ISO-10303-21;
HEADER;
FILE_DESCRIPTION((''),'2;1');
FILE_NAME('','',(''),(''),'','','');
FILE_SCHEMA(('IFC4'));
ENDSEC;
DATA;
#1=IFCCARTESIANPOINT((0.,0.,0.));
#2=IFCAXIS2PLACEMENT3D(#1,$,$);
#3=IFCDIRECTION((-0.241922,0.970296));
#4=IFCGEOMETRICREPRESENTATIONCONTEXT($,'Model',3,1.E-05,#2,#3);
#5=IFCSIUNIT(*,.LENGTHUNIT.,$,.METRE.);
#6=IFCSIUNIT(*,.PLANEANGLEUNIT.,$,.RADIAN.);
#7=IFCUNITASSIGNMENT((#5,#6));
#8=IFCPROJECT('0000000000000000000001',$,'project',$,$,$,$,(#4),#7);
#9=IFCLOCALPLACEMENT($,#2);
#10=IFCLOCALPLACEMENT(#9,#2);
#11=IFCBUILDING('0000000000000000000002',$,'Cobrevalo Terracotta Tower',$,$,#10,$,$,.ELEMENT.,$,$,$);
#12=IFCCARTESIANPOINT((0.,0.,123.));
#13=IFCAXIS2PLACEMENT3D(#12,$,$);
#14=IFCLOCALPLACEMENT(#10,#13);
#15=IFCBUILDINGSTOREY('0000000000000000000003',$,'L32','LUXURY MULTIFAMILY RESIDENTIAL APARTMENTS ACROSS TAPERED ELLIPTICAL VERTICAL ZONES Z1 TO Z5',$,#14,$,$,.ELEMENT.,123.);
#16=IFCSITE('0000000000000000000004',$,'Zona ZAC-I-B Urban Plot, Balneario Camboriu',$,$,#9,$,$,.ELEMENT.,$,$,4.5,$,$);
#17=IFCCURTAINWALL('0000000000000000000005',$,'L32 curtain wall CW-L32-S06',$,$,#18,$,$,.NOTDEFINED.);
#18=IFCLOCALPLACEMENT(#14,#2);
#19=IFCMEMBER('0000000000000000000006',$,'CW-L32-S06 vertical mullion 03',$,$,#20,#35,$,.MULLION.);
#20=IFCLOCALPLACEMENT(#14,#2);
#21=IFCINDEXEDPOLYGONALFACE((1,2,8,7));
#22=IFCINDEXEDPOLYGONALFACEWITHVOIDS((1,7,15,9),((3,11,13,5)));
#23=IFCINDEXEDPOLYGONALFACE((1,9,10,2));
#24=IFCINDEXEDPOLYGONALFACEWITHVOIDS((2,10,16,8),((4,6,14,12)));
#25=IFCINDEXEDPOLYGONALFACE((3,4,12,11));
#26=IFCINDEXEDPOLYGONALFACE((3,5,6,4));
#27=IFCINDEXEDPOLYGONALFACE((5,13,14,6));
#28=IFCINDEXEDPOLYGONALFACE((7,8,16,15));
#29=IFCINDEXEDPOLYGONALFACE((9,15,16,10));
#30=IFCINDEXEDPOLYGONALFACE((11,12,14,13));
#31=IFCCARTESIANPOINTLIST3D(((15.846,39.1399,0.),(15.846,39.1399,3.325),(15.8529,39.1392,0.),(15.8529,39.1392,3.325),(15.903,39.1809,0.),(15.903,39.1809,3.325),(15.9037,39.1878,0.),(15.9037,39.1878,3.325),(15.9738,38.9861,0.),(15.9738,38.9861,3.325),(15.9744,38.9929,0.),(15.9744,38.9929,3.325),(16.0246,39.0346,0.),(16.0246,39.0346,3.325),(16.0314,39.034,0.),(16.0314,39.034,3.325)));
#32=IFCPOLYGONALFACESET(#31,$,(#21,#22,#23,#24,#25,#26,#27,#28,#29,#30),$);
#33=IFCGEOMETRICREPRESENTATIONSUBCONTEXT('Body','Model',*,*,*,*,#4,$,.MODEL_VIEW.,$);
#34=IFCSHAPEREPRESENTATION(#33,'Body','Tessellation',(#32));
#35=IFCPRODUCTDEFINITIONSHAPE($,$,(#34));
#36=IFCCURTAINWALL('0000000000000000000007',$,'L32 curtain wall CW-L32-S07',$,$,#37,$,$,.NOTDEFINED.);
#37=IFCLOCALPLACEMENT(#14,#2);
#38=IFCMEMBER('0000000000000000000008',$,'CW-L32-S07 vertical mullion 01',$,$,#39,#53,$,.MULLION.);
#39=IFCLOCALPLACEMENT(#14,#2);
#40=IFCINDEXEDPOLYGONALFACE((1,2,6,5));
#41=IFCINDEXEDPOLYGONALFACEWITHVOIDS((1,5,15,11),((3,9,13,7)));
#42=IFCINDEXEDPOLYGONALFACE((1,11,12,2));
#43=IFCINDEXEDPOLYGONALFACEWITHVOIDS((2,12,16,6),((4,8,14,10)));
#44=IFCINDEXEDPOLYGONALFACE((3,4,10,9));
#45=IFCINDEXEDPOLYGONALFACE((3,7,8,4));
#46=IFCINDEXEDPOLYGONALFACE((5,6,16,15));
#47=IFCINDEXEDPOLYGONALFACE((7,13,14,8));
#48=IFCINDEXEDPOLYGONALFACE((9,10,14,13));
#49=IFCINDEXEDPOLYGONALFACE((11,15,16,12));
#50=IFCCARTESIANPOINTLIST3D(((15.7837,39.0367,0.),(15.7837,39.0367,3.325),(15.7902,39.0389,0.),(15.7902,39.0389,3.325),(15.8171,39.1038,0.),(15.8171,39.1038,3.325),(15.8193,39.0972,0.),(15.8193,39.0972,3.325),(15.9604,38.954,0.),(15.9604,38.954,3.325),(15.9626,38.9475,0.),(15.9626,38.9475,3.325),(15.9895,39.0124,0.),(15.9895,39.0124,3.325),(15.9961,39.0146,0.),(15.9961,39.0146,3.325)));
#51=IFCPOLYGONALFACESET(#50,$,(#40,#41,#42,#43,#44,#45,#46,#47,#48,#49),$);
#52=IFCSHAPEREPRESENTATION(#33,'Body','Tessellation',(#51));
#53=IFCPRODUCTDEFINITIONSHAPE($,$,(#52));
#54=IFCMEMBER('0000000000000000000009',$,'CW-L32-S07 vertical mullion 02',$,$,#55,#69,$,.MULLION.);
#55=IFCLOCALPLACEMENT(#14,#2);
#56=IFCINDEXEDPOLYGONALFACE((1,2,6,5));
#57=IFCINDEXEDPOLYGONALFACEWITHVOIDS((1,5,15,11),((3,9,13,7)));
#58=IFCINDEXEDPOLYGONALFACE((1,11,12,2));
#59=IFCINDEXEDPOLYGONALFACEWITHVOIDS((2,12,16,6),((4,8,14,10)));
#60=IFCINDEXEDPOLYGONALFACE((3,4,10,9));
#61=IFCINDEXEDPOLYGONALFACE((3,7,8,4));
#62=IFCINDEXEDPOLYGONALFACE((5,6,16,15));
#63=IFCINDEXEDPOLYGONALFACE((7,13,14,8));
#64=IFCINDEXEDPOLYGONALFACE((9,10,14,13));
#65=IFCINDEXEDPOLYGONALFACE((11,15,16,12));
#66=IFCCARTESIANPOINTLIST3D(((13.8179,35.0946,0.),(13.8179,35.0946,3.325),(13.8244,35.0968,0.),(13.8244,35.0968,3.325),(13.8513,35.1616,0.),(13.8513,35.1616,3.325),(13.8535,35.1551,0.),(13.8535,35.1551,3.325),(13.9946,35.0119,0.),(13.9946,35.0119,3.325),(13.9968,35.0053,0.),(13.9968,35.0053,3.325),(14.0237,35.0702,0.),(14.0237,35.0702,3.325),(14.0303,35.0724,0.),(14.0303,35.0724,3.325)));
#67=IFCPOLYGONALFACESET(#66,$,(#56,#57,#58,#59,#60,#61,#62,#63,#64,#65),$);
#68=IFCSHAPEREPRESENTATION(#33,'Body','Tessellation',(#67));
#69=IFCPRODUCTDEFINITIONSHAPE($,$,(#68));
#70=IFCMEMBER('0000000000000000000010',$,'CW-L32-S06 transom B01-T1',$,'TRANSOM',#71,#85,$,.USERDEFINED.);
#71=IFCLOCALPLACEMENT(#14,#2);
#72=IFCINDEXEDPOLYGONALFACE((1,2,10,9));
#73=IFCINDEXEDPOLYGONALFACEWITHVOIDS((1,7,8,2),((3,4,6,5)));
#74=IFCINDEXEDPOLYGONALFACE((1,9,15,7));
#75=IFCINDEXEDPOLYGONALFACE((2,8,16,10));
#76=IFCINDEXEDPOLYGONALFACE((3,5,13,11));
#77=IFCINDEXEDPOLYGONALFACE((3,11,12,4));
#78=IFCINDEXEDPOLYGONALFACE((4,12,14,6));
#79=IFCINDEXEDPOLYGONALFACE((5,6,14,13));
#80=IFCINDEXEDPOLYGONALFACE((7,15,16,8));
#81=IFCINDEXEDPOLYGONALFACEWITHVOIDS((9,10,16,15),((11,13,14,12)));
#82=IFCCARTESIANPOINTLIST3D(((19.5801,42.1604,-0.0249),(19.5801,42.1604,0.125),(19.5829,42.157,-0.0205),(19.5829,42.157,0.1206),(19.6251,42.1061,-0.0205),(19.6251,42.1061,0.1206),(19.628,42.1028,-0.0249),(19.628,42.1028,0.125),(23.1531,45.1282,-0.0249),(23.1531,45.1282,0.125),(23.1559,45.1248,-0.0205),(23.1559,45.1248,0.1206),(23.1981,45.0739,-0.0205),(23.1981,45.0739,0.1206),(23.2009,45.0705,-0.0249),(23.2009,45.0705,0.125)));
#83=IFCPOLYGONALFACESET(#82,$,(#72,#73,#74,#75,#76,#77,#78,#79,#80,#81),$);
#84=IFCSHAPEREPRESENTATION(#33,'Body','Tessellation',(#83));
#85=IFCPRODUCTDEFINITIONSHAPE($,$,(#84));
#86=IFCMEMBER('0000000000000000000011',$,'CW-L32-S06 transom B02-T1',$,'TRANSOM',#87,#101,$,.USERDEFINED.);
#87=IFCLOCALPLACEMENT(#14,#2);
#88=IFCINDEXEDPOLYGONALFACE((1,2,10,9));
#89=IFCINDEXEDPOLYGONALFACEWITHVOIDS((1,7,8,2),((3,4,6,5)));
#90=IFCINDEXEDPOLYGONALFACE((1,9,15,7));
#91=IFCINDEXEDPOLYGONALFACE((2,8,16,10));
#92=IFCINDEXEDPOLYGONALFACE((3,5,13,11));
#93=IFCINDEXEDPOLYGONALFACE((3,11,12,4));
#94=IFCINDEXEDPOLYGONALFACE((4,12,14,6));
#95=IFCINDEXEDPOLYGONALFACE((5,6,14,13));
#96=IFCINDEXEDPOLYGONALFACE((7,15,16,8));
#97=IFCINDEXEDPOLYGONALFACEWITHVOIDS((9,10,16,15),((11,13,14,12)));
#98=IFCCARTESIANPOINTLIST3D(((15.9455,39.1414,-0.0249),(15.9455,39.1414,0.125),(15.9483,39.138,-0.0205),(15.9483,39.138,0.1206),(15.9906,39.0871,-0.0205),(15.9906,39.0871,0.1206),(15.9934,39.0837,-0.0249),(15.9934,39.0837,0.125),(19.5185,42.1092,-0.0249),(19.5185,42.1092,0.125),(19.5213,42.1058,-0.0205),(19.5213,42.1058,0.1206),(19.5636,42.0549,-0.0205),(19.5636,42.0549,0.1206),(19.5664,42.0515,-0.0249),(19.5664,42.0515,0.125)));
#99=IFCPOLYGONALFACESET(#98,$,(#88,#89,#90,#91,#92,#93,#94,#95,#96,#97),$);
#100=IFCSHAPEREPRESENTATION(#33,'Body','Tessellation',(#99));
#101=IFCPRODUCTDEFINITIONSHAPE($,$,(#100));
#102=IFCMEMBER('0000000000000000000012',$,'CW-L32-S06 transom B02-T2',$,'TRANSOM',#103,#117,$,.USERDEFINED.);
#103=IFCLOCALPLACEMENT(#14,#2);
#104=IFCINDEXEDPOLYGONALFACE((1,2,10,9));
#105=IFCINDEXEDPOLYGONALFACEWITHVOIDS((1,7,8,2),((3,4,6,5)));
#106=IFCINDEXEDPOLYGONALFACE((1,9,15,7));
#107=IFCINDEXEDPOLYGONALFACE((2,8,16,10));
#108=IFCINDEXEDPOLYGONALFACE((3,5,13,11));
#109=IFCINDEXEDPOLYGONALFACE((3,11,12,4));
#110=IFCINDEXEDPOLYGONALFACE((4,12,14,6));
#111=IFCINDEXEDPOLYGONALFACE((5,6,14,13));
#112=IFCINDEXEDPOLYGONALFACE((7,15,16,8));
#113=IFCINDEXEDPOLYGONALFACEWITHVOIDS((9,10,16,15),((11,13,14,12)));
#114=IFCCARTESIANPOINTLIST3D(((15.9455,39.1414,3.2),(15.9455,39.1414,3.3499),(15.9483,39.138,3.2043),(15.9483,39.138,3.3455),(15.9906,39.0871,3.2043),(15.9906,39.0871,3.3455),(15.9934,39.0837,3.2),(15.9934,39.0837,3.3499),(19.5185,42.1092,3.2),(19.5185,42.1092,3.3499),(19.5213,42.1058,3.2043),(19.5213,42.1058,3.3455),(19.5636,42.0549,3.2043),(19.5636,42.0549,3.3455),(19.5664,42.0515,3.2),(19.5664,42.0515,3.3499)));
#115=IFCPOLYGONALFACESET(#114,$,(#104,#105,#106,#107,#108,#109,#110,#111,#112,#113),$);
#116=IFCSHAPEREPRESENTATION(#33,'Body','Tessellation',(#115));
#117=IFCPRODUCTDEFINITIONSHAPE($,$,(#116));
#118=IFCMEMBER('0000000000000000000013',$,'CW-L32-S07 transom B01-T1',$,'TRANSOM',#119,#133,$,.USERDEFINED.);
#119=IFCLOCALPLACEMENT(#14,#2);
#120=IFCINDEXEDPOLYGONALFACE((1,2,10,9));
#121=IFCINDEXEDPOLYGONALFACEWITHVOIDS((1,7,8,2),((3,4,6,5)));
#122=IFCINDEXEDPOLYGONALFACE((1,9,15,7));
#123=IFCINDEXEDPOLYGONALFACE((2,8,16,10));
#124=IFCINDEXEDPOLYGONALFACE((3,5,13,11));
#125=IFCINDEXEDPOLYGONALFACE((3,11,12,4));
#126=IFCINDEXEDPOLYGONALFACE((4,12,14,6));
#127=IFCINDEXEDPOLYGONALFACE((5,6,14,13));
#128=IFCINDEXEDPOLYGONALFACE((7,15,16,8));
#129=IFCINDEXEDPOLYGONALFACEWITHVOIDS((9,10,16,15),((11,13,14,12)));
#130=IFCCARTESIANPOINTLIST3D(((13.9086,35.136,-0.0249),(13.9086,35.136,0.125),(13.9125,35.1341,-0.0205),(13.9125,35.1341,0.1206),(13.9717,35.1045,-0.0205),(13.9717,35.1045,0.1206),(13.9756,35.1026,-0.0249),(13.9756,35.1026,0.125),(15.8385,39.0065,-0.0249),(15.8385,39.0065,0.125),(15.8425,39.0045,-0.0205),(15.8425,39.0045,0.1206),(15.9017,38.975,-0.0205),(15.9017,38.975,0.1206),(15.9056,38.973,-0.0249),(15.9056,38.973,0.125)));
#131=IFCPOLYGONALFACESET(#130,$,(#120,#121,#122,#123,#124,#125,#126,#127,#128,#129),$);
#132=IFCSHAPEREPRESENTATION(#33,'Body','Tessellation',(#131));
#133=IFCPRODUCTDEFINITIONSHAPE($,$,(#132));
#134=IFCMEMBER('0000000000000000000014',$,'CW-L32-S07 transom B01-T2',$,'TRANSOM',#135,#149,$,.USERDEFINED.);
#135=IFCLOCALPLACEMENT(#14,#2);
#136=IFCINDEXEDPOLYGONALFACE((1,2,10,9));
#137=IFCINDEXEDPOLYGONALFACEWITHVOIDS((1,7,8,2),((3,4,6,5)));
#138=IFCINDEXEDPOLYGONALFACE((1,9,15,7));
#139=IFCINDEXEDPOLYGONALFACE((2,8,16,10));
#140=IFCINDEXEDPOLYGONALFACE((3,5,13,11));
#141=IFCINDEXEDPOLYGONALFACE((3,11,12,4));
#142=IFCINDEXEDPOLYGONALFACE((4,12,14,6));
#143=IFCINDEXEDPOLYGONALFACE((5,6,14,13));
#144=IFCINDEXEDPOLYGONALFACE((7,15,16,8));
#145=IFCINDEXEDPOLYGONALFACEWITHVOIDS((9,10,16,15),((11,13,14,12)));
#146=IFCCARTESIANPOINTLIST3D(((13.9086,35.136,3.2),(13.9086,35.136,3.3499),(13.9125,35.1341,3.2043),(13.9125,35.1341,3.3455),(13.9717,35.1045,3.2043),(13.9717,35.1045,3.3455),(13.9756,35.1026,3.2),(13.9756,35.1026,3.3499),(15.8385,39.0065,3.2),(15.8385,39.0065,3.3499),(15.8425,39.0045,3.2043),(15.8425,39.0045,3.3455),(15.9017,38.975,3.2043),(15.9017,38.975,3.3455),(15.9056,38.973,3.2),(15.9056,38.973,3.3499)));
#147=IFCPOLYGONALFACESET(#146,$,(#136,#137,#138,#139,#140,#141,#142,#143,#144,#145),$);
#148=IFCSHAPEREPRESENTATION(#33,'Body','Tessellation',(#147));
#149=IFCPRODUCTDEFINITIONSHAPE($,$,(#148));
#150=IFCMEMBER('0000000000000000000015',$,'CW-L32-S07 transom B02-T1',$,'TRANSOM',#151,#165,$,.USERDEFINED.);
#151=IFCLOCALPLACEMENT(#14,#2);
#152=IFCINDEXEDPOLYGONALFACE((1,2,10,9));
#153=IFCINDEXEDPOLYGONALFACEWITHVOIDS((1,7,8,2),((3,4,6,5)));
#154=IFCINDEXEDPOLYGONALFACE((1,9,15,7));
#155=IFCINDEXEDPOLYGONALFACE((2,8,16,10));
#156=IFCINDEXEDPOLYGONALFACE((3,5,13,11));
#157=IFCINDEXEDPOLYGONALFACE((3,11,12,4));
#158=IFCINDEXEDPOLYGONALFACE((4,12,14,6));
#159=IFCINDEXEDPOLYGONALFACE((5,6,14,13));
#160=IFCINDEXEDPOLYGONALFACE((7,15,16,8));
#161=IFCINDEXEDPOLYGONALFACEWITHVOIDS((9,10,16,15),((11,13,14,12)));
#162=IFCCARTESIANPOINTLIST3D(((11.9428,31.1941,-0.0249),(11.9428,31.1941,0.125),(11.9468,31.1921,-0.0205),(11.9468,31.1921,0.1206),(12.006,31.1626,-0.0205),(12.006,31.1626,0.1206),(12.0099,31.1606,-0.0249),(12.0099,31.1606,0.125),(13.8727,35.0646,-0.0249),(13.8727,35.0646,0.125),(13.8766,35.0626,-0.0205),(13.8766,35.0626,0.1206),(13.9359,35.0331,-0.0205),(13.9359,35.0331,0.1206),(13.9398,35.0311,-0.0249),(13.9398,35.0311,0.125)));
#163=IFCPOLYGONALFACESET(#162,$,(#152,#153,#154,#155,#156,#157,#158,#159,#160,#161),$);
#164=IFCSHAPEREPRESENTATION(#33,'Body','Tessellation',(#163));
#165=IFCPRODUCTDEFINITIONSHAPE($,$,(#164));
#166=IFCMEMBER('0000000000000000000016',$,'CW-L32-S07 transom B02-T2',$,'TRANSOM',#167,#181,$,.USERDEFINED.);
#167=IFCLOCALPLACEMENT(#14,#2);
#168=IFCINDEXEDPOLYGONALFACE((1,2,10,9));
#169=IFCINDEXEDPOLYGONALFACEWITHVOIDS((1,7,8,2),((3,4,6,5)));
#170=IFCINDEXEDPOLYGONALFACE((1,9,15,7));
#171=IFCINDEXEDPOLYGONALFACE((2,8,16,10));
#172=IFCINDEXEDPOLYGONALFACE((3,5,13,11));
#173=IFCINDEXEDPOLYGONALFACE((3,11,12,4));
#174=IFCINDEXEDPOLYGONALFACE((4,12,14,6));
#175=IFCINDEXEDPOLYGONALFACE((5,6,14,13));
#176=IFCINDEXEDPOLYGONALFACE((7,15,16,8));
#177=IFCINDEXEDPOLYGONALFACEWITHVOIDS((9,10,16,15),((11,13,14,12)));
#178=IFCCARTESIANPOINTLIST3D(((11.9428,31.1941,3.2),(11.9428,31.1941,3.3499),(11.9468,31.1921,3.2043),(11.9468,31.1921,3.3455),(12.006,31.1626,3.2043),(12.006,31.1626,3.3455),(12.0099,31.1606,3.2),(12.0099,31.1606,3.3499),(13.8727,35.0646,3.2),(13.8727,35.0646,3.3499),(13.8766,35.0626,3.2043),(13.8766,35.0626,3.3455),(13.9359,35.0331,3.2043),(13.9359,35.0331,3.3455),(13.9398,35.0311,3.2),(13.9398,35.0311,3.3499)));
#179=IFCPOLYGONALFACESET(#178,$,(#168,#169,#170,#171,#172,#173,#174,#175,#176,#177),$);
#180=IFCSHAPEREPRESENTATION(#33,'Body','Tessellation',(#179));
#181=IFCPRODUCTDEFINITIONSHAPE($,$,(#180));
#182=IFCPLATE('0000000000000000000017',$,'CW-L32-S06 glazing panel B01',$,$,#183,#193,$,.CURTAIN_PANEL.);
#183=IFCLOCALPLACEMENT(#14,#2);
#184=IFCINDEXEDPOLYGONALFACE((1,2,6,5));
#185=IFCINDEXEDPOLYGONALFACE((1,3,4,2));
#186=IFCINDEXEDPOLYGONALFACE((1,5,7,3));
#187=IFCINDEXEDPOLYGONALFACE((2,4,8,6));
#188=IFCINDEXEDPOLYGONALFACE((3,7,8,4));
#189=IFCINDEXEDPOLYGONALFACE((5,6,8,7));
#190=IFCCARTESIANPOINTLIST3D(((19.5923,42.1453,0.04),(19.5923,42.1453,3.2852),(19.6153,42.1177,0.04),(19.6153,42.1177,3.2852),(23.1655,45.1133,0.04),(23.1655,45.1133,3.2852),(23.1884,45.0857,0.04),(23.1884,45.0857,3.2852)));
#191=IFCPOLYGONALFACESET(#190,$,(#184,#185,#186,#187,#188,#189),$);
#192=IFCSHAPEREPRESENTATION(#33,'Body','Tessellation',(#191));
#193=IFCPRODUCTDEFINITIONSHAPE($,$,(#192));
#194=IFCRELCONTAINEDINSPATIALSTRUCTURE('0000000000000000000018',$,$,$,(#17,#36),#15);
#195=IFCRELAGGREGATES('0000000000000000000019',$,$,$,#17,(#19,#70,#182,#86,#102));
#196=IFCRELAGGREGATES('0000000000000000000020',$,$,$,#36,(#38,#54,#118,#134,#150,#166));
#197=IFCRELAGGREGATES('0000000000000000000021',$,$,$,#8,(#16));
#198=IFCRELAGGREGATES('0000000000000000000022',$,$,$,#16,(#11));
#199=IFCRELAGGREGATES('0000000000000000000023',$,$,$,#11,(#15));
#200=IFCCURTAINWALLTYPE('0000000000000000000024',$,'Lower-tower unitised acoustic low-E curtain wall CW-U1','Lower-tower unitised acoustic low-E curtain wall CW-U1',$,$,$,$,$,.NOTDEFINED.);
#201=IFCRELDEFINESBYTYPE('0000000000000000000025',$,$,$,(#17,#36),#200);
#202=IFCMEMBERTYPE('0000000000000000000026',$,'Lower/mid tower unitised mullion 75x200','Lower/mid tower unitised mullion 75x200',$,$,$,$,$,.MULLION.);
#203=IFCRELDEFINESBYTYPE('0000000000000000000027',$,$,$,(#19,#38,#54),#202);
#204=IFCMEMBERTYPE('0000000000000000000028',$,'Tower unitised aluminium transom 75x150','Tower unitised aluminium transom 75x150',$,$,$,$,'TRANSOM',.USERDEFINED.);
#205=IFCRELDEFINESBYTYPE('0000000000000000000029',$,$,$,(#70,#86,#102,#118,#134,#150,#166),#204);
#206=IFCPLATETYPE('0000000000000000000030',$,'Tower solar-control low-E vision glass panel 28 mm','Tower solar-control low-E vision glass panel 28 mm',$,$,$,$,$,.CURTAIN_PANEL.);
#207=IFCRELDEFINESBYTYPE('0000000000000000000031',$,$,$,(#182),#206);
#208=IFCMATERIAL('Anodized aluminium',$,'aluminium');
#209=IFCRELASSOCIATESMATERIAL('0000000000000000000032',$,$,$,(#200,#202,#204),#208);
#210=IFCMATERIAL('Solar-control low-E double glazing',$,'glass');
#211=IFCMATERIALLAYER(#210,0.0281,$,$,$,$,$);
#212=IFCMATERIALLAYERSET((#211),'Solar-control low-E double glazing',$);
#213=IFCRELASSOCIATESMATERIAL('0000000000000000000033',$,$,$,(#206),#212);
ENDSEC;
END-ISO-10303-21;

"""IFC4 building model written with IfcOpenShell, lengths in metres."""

from ifc_helpers import new_model, si_unit, direction, frame, origin, origin_2d, place, context, subcontext, project, spatial, rectangle, hollow_rectangle, extrude, source, transform, mapped, material, layer, layer_set, material_profile, profile_set, type_object, element, aggregate, save


model = new_model("IFC4")

# Units and contexts
model_context = context("Model", 3, precision=1e-05, world=origin(), true_north=direction((-0.241922, 0.970296)))
body_context = subcontext(model_context, "Body", "Model", "MODEL_VIEW")
ifc_project = project(units=[si_unit("LENGTHUNIT", "METRE"), si_unit("PLANEANGLEUNIT", "RADIAN")], contexts=[model_context])

# Site, building, storey
site_placement = place(None, origin())
site = spatial("IfcSite", under=ifc_project, at=site_placement, Name="Zona ZAC-I-B Urban Plot, Balneario Camboriu", CompositionType="ELEMENT", RefElevation=4.5)
building_placement = place(site_placement, origin())
building = spatial("IfcBuilding", under=site, at=building_placement, Name="Cobrevalo Terracotta Tower", CompositionType="ELEMENT")
storey_placement = place(building_placement, frame((0.0, 0.0, 123.0)))
storey = spatial("IfcBuildingStorey", under=building, at=storey_placement, Name="L32", Description="LUXURY MULTIFAMILY RESIDENTIAL APARTMENTS ACROSS TAPERED ELLIPTICAL VERTICAL ZONES Z1 TO Z5", CompositionType="ELEMENT", Elevation=123.0)

# Curtain walls, members
ifc_material_1 = material(Name="Anodized aluminium", Category="aluminium")
curtain_wall_type = type_object("IfcCurtainWallType", Name="Lower-tower unitised acoustic low-E curtain wall CW-U1", Description="Lower-tower unitised acoustic low-E curtain wall CW-U1", PredefinedType="NOTDEFINED", material=ifc_material_1)
curtain_wall_1_placement = place(storey_placement, origin())
curtain_wall_1 = element("IfcCurtainWall", 1, at=curtain_wall_1_placement, inside=storey, type_object=curtain_wall_type, Name="L32 curtain wall CW-L32-S06", PredefinedType="NOTDEFINED")
ifc_material_profile_1 = material_profile(ifc_material_1, hollow_rectangle(XDim=0.075, YDim=0.2, WallThickness=0.0049, at=origin_2d()), Name="CWM 75x200")
ifc_profile_set_1 = profile_set([ifc_material_profile_1], Name="Anodized aluminium")
member_type_1 = type_object("IfcMemberType", Name="Lower/mid tower unitised mullion 75x200", Description="Lower/mid tower unitised mullion 75x200", PredefinedType="MULLION", material=ifc_profile_set_1)
shared_shape_1 = source(origin(), body_context, "Body", "SweptSolid", [
    extrude(hollow_rectangle(XDim=0.075, YDim=0.2, WallThickness=0.0049, at=origin_2d()), origin(), (0.0, 0.0, 1.0), 3.325),
])
member_1_placement = place(storey_placement, frame((15.9387, 39.0869, 0.0), z_axis=(0.0, 0.0, 1.0), x_axis=(-0.769243, -0.638956, 0.0)))
member_1 = element("IfcMember", 2, at=member_1_placement, type_object=member_type_1, Name="CW-L32-S06 vertical mullion 03", PredefinedType="MULLION", context=body_context, shape_type="MappedRepresentation", body=[
    mapped(shared_shape_1, transform((0.0, 0.0, 0.0), scale=1.0)),
])
curtain_wall_2_placement = place(storey_placement, origin())
curtain_wall_2 = element("IfcCurtainWall", 3, at=curtain_wall_2_placement, inside=storey, type_object=curtain_wall_type, Name="L32 curtain wall CW-L32-S07", PredefinedType="NOTDEFINED")
member_2_placement = place(storey_placement, frame((15.8899, 39.0256, 0.0), z_axis=(0.0, 0.0, 1.0), x_axis=(-0.44626, -0.894903, 0.0)))
member_2 = element("IfcMember", 4, at=member_2_placement, type_object=member_type_1, Name="CW-L32-S07 vertical mullion 01", PredefinedType="MULLION", context=body_context, shape_type="MappedRepresentation", body=[
    mapped(shared_shape_1, transform((0.0, 0.0, 0.0), scale=1.0)),
])
member_3_placement = place(storey_placement, frame((13.9241, 35.0835, 0.0), z_axis=(0.0, 0.0, 1.0), x_axis=(-0.44626, -0.894903, 0.0)))
member_3 = element("IfcMember", 5, at=member_3_placement, type_object=member_type_1, Name="CW-L32-S07 vertical mullion 02", PredefinedType="MULLION", context=body_context, shape_type="MappedRepresentation", body=[
    mapped(shared_shape_1, transform((0.0, 0.0, 0.0), scale=1.0)),
])

# Members
ifc_material_profile_2 = material_profile(ifc_material_1, hollow_rectangle(XDim=0.075, YDim=0.1499, WallThickness=0.0044, at=origin_2d()), Name="CWT 75x150")
ifc_profile_set_2 = profile_set([ifc_material_profile_2], Name="Anodized aluminium")
member_type_2 = type_object("IfcMemberType", Name="Tower unitised aluminium transom 75x150", Description="Tower unitised aluminium transom 75x150", ElementType="TRANSOM", PredefinedType="USERDEFINED", material=ifc_profile_set_2)
shared_shape_2 = source(origin(), body_context, "Body", "SweptSolid", [
    extrude(hollow_rectangle(XDim=0.075, YDim=0.1499, WallThickness=0.0044, at=origin_2d()), origin(), (0.0, 0.0, 1.0), 4.6448),
])
member_4_placement = place(storey_placement, frame((23.177, 45.0994, 0.05), z_axis=(-0.76925, -0.638948, 0.0), x_axis=(0.638948, -0.76925, 0.0)))
member_4 = element("IfcMember", 6, at=member_4_placement, type_object=member_type_2, Name="CW-L32-S06 transom B01-T1", ObjectType="TRANSOM", PredefinedType="USERDEFINED", context=body_context, shape_type="MappedRepresentation", body=[
    mapped(shared_shape_2, transform((0.0, 0.0, 0.0), scale=1.0)),
])
member_5_placement = place(storey_placement, frame((19.5425, 42.0803, 0.05), z_axis=(-0.76925, -0.638948, 0.0), x_axis=(0.638948, -0.76925, 0.0)))
member_5 = element("IfcMember", 7, at=member_5_placement, type_object=member_type_2, Name="CW-L32-S06 transom B02-T1", ObjectType="TRANSOM", PredefinedType="USERDEFINED", context=body_context, shape_type="MappedRepresentation", body=[
    mapped(shared_shape_2, transform((0.0, 0.0, 0.0), scale=1.0)),
])
member_6_placement = place(storey_placement, frame((19.5425, 42.0803, 3.2749), z_axis=(-0.76925, -0.638948, 0.0), x_axis=(0.638948, -0.76925, 0.0)))
member_6 = element("IfcMember", 8, at=member_6_placement, type_object=member_type_2, Name="CW-L32-S06 transom B02-T2", ObjectType="TRANSOM", PredefinedType="USERDEFINED", context=body_context, shape_type="MappedRepresentation", body=[
    mapped(shared_shape_2, transform((0.0, 0.0, 0.0), scale=1.0)),
])
shared_shape_3 = source(origin(), body_context, "Body", "SweptSolid", [
    extrude(hollow_rectangle(XDim=0.075, YDim=0.1499, WallThickness=0.0044, at=origin_2d()), origin(), (0.0, 0.0, 1.0), 4.325),
])
member_7_placement = place(storey_placement, frame((15.8721, 38.9897, 0.05), z_axis=(-0.446242, -0.894912, 0.0), x_axis=(0.894912, -0.446242, 0.0)))
member_7 = element("IfcMember", 9, at=member_7_placement, type_object=member_type_2, Name="CW-L32-S07 transom B01-T1", ObjectType="TRANSOM", PredefinedType="USERDEFINED", context=body_context, shape_type="MappedRepresentation", body=[
    mapped(shared_shape_3, transform((0.0, 0.0, 0.0), scale=1.0)),
])
member_8_placement = place(storey_placement, frame((15.8721, 38.9897, 3.2749), z_axis=(-0.446242, -0.894912, 0.0), x_axis=(0.894912, -0.446242, 0.0)))
member_8 = element("IfcMember", 10, at=member_8_placement, type_object=member_type_2, Name="CW-L32-S07 transom B01-T2", ObjectType="TRANSOM", PredefinedType="USERDEFINED", context=body_context, shape_type="MappedRepresentation", body=[
    mapped(shared_shape_3, transform((0.0, 0.0, 0.0), scale=1.0)),
])
member_9_placement = place(storey_placement, frame((13.9062, 35.0479, 0.05), z_axis=(-0.44622, -0.894923, 0.0), x_axis=(0.894923, -0.44622, 0.0)))
member_9 = element("IfcMember", 11, at=member_9_placement, type_object=member_type_2, Name="CW-L32-S07 transom B02-T1", ObjectType="TRANSOM", PredefinedType="USERDEFINED", context=body_context, shape_type="MappedRepresentation", body=[
    mapped(shared_shape_3, transform((0.0, 0.0, 0.0), scale=1.0)),
])
member_10_placement = place(storey_placement, frame((13.9062, 35.0479, 3.2749), z_axis=(-0.44622, -0.894923, 0.0), x_axis=(0.894923, -0.44622, 0.0)))
member_10 = element("IfcMember", 12, at=member_10_placement, type_object=member_type_2, Name="CW-L32-S07 transom B02-T2", ObjectType="TRANSOM", PredefinedType="USERDEFINED", context=body_context, shape_type="MappedRepresentation", body=[
    mapped(shared_shape_3, transform((0.0, 0.0, 0.0), scale=1.0)),
])

# Plate
ifc_material_2 = material(Name="Solar-control low-E double glazing", Category="glass")
ifc_layer = layer(ifc_material_2, 0.0281)
ifc_layer_set = layer_set([ifc_layer], Name="Solar-control low-E double glazing")
plate_type = type_object("IfcPlateType", Name="Tower solar-control low-E vision glass panel 28 mm", Description="Tower solar-control low-E vision glass panel 28 mm", PredefinedType="CURTAIN_PANEL", material=ifc_layer_set)
shared_shape_4 = source(origin(), body_context, "Body", "SweptSolid", [
    extrude(rectangle(XDim=4.645, YDim=0.0359, at=origin_2d()), origin(), (0.0, 0.0, 1.0), 3.2451),
])
plate_1_placement = place(storey_placement, frame((21.3904, 43.6155, 0.04), z_axis=(0.0, 0.0, 1.0), x_axis=(-0.769241, -0.638958, 0.0)))
plate_1 = element("IfcPlate", 13, at=plate_1_placement, type_object=plate_type, Name="CW-L32-S06 glazing panel B01", PredefinedType="CURTAIN_PANEL", context=body_context, shape_type="MappedRepresentation", body=[
    mapped(shared_shape_4, transform((0.0, 0.0, 0.0), scale=1.0)),
])
aggregate(curtain_wall_1, [member_1, member_4, plate_1, member_5, member_6])
aggregate(curtain_wall_2, [member_2, member_3, member_7, member_8, member_9, member_10])

save(model, "model.ifc")
